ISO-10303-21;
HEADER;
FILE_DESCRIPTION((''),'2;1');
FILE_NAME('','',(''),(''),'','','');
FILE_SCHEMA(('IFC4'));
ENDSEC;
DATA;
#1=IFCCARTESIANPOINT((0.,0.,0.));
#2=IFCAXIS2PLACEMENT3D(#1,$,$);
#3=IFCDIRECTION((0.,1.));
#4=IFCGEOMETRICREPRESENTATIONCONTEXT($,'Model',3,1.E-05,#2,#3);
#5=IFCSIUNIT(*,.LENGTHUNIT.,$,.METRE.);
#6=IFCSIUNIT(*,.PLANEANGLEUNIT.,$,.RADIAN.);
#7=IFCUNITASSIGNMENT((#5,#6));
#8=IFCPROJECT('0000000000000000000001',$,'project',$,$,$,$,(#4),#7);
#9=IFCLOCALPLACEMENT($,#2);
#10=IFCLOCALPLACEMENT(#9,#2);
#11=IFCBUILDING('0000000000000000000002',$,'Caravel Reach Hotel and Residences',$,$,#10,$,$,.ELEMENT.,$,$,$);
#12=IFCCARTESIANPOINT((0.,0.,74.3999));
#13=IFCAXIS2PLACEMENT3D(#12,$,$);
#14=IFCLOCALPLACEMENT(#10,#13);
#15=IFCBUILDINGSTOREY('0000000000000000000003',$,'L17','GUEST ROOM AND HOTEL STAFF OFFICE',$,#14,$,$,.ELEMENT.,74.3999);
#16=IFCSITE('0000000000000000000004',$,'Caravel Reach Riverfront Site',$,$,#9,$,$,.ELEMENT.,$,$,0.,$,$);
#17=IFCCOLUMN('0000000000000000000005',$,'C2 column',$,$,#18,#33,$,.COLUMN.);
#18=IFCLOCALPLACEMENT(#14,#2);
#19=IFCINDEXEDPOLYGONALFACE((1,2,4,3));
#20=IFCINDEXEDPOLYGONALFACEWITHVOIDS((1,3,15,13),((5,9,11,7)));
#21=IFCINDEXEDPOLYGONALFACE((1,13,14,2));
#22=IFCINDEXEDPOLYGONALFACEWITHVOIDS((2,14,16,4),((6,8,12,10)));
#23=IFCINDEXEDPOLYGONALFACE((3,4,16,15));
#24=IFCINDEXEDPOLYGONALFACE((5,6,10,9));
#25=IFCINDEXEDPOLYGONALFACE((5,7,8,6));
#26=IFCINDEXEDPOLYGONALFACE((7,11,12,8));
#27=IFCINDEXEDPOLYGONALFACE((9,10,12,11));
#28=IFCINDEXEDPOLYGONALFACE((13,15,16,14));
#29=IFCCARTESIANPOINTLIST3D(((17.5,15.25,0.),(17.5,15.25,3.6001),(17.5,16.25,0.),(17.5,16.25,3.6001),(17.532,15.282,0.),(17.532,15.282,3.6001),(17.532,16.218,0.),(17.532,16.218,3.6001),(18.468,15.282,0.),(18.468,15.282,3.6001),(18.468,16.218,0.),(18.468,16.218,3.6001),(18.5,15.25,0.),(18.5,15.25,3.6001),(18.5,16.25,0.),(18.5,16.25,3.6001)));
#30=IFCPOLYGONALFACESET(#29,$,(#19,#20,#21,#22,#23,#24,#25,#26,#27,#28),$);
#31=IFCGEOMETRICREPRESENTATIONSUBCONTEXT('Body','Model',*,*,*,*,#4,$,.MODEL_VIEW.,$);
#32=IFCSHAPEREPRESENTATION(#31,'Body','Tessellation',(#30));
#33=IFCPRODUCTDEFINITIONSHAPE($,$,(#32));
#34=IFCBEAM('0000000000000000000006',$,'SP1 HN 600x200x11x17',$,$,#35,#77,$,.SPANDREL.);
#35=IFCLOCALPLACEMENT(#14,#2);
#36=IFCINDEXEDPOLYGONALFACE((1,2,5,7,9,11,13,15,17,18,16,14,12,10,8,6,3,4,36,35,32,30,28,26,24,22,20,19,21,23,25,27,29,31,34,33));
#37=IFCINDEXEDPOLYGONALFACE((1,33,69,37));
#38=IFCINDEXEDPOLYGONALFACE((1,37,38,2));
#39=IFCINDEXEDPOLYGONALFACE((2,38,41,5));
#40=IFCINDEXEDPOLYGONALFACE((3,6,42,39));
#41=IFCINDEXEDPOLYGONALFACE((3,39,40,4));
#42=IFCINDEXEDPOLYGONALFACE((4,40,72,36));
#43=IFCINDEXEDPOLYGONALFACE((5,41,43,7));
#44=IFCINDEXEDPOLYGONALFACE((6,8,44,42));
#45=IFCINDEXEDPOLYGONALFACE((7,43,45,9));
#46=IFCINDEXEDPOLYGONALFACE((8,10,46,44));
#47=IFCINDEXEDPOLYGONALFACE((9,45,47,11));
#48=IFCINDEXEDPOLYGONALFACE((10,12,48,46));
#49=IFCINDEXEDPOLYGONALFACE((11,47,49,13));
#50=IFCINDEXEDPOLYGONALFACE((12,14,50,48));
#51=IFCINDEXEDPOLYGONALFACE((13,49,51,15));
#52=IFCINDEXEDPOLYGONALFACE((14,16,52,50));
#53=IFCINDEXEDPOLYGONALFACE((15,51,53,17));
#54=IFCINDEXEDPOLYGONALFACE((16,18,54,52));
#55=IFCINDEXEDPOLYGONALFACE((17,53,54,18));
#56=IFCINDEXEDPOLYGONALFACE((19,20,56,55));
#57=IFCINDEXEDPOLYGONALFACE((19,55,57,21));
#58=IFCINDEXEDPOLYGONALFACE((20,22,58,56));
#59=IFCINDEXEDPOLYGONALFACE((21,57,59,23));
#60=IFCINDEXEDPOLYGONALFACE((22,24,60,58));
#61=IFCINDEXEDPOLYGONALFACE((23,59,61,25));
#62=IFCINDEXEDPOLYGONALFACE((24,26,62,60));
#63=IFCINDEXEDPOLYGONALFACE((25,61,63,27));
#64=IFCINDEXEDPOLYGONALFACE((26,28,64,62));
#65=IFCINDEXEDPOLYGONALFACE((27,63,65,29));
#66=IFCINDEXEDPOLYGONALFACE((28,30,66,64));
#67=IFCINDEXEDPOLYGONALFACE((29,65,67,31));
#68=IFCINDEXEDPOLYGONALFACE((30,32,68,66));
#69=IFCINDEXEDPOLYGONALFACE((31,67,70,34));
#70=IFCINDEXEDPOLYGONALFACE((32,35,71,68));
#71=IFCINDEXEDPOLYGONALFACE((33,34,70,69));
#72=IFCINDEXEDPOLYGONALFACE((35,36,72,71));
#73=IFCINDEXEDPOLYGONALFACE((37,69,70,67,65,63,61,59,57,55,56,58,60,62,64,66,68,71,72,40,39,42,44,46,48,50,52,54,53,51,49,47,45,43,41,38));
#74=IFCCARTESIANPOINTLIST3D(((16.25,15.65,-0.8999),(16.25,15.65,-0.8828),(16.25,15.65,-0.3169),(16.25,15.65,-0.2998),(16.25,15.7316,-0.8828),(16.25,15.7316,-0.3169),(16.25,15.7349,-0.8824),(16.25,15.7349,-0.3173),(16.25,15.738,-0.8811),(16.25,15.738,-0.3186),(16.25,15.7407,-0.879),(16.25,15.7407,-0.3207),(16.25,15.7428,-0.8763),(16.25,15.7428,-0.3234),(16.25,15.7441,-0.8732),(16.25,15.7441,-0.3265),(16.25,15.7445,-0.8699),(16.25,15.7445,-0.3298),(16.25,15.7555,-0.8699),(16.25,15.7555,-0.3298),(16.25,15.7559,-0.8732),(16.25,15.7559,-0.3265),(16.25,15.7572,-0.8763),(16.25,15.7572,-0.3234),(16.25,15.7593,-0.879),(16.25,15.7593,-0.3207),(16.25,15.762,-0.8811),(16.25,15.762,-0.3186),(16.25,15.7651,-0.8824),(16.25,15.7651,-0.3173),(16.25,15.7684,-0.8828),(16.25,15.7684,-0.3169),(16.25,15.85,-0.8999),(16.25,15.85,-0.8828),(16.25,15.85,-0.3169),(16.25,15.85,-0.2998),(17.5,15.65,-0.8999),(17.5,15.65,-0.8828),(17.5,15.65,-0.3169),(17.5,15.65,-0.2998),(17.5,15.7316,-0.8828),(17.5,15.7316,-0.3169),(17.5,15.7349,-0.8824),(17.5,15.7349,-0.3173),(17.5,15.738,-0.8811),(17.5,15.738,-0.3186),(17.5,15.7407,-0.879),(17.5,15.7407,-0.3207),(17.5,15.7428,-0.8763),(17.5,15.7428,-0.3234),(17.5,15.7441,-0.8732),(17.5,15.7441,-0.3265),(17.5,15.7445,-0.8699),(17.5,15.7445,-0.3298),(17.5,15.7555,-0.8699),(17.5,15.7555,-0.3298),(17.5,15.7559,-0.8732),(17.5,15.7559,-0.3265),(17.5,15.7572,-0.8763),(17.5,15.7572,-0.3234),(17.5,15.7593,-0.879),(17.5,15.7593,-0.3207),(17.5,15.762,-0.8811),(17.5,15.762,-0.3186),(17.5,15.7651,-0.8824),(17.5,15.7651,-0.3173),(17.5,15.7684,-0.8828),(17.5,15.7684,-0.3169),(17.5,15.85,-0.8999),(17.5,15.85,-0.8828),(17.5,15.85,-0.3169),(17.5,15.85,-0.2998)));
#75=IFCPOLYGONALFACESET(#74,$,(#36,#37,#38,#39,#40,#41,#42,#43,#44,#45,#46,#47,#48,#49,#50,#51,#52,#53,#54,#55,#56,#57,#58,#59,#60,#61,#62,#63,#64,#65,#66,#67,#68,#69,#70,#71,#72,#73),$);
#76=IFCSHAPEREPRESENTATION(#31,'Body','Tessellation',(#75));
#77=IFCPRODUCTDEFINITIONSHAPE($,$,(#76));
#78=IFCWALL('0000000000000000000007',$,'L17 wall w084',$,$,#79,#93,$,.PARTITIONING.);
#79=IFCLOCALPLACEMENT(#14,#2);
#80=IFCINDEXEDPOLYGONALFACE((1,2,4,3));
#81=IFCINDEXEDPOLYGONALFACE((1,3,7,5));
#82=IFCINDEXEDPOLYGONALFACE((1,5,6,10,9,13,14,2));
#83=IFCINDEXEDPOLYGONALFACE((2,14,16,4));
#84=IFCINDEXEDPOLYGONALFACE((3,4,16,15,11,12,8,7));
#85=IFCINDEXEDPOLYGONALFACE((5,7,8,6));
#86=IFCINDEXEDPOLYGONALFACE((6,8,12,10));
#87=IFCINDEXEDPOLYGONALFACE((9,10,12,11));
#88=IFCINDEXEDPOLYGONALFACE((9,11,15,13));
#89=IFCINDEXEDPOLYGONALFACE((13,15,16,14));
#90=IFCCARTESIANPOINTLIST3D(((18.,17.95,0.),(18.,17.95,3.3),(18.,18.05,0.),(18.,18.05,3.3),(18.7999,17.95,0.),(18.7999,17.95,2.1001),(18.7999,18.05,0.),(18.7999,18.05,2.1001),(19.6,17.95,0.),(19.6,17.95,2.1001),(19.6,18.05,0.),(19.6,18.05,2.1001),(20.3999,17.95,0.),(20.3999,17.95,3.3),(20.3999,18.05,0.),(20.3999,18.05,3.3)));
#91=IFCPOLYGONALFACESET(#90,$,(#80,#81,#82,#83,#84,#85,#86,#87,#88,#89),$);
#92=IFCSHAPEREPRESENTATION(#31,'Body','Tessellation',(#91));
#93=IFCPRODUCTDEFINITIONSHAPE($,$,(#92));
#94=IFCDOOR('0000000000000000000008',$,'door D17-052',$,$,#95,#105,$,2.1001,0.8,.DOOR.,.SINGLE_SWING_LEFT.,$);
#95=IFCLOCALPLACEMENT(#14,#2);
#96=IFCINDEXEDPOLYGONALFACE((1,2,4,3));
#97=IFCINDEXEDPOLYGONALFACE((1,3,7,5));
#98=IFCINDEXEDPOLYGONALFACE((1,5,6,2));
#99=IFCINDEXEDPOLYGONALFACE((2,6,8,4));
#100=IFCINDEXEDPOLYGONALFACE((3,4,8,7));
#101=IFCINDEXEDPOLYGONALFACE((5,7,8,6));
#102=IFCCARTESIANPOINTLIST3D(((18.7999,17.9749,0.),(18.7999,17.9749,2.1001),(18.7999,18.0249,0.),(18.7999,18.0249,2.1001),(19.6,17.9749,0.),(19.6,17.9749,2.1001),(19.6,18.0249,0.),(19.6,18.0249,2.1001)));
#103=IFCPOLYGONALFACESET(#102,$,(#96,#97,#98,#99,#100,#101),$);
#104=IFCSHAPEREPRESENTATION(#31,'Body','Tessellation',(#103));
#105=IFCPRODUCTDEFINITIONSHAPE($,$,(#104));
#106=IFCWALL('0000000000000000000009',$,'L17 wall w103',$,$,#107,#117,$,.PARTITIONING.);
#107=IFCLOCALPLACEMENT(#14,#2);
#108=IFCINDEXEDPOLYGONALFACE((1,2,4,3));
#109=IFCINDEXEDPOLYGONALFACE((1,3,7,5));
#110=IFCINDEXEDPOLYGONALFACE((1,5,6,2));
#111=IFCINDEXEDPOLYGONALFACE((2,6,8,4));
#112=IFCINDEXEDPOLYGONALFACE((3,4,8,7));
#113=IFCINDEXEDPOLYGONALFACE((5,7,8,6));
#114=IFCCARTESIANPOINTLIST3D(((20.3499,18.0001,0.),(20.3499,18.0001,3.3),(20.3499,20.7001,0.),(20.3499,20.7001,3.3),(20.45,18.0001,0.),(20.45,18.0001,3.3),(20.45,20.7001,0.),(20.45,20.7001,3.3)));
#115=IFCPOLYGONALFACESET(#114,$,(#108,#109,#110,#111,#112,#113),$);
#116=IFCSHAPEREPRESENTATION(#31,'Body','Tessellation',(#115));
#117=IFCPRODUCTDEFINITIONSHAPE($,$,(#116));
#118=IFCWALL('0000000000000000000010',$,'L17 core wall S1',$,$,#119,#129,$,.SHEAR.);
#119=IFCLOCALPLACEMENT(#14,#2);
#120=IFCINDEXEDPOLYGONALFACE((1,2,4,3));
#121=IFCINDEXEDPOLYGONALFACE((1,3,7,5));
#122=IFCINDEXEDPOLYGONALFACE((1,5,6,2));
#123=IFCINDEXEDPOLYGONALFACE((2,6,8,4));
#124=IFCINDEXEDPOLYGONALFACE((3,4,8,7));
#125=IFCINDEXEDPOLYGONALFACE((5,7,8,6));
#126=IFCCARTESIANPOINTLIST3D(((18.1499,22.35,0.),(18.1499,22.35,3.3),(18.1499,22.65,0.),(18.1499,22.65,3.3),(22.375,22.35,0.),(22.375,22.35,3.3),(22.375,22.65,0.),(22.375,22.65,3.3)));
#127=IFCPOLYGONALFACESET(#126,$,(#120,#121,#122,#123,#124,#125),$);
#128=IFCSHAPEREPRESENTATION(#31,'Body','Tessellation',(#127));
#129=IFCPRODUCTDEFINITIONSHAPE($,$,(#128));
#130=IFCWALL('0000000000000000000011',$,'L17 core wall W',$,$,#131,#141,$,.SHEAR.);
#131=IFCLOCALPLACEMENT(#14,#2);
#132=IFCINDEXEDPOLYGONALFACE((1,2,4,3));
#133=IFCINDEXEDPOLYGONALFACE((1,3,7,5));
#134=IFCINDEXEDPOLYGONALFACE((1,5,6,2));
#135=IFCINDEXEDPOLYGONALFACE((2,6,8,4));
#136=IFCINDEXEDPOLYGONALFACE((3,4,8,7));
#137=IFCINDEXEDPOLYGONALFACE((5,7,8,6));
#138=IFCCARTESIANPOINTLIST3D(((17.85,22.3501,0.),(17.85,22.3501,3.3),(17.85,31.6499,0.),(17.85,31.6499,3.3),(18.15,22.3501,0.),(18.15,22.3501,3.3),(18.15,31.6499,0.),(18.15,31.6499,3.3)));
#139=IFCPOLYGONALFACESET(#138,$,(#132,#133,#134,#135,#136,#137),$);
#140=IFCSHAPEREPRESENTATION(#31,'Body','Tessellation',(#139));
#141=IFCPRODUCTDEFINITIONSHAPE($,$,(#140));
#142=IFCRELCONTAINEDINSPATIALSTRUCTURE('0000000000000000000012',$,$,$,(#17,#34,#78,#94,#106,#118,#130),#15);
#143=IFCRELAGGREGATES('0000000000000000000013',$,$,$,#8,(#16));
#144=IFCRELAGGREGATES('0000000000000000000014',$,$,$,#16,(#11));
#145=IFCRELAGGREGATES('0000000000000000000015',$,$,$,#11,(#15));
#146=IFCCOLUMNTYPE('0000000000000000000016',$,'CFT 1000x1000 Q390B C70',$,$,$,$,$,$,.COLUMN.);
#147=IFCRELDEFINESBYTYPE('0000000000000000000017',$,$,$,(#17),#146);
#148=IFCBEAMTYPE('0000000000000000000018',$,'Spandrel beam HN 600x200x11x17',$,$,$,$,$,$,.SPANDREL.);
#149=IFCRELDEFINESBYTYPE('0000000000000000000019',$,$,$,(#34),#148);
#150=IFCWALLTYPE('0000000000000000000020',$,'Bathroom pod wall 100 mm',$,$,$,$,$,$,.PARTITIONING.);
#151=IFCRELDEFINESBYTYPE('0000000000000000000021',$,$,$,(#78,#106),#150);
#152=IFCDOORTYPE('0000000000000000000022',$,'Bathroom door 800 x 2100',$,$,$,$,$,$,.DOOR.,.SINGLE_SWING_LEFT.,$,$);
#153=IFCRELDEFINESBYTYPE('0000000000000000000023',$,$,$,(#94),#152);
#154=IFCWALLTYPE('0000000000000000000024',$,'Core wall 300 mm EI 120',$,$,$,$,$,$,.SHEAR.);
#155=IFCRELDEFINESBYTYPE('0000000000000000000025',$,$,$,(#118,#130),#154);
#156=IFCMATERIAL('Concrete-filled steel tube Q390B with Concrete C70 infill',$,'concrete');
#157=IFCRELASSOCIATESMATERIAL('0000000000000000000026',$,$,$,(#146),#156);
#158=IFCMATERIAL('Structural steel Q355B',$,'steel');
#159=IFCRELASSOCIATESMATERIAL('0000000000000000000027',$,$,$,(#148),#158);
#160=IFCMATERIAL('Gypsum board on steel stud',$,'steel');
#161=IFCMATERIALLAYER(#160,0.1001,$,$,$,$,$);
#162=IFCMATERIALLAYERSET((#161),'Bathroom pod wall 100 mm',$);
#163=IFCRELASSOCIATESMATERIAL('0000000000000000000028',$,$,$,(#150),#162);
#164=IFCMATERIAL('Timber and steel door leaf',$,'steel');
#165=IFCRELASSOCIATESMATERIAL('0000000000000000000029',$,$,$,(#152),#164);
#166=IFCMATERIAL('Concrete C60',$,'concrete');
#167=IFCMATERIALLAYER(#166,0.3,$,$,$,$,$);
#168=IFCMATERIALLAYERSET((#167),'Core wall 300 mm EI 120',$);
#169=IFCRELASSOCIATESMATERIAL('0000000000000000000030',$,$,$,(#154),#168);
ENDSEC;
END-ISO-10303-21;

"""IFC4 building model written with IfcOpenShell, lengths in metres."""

from ifc_helpers import new_model, si_unit, direction, frame, frame_2d, origin, origin_2d, place, context, subcontext, project, spatial, rectangle, hollow_rectangle, i_section, extrude, material, layer, layer_set, material_profile, profile_set, type_object, element, fill, save


model = new_model("IFC4")

# Units and contexts
model_context = context("Model", 3, precision=1e-05, world=origin(), true_north=direction((0.0, 1.0)))
body_context = subcontext(model_context, "Body", "Model", "MODEL_VIEW")
ifc_project = project(units=[si_unit("LENGTHUNIT", "METRE"), si_unit("PLANEANGLEUNIT", "RADIAN")], contexts=[model_context])

# Site, building, storey
site_placement = place(None, origin())
site = spatial("IfcSite", under=ifc_project, at=site_placement, Name="Caravel Reach Riverfront Site", CompositionType="ELEMENT", RefElevation=0.0)
building_placement = place(site_placement, origin())
building = spatial("IfcBuilding", under=site, at=building_placement, Name="Caravel Reach Hotel and Residences", CompositionType="ELEMENT")
storey_placement = place(building_placement, frame((0.0, 0.0, 74.3999)))
storey = spatial("IfcBuildingStorey", under=building, at=storey_placement, Name="L17", Description="GUEST ROOM AND HOTEL STAFF OFFICE", CompositionType="ELEMENT", Elevation=74.3999)

# Column
ifc_material_1 = material(Name="Concrete-filled steel tube Q390B with Concrete C70 infill", Category="concrete")
ifc_material_profile_1 = material_profile(ifc_material_1, hollow_rectangle(XDim=1.0, YDim=1.0, WallThickness=0.032, at=origin_2d()), Name="RHS 1000x1000x32")
ifc_profile_set_1 = profile_set([ifc_material_profile_1], Name="Concrete-filled steel tube Q390B with Concrete C70 infill")
column_type = type_object("IfcColumnType", Name="CFT 1000x1000 Q390B C70", PredefinedType="COLUMN", material=ifc_profile_set_1)
column_placement = place(storey_placement, frame((18.0, 15.75, 0.0), z_axis=(0.0, 0.0, 1.0), x_axis=(1.0, 0.0, 0.0)))
element("IfcColumn", 1, at=column_placement, inside=storey, type_object=column_type, Name="C2 column", PredefinedType="COLUMN", context=body_context, shape_type="SweptSolid", body=[
    extrude(hollow_rectangle(XDim=1.0, YDim=1.0, WallThickness=0.032, at=origin_2d()), origin(), (0.0, 0.0, 1.0), 3.6001),
])

# Beam
ifc_material_2 = material(Name="Structural steel Q355B", Category="steel")
ifc_material_profile_2 = material_profile(ifc_material_2, i_section(OverallWidth=0.2, OverallDepth=0.6001, WebThickness=0.011, FlangeThickness=0.0171, FilletRadius=0.0129, at=origin_2d()), Name="HN 600x200x11x17")
ifc_profile_set_2 = profile_set([ifc_material_profile_2], Name="Structural steel Q355B")
beam_type = type_object("IfcBeamType", Name="Spandrel beam HN 600x200x11x17", PredefinedType="SPANDREL", material=ifc_profile_set_2)
beam_placement = place(storey_placement, frame((16.25, 15.75, -0.5999), z_axis=(1.0, 0.0, 0.0), x_axis=(0.0, 1.0, 0.0)))
element("IfcBeam", 2, at=beam_placement, inside=storey, type_object=beam_type, Name="SP1 HN 600x200x11x17", PredefinedType="SPANDREL", context=body_context, shape_type="SweptSolid", body=[
    extrude(i_section(OverallWidth=0.2, OverallDepth=0.6001, WebThickness=0.011, FlangeThickness=0.0171, FilletRadius=0.0129, at=origin_2d()), origin(), (0.0, 0.0, 1.0), 1.25),
])

# Wall, opening, door
ifc_material_3 = material(Name="Gypsum board on steel stud", Category="steel")
ifc_layer_1 = layer(ifc_material_3, 0.1001)
ifc_layer_set_1 = layer_set([ifc_layer_1], Name="Bathroom pod wall 100 mm")
wall_type_1 = type_object("IfcWallType", Name="Bathroom pod wall 100 mm", PredefinedType="PARTITIONING", material=ifc_layer_set_1)
wall_1_placement = place(storey_placement, frame((18.0, 18.0, 0.0), z_axis=(0.0, 0.0, 1.0), x_axis=(1.0, 0.0, 0.0)))
wall_1 = element("IfcWall", 3, at=wall_1_placement, inside=storey, type_object=wall_type_1, Name="L17 wall w084", PredefinedType="PARTITIONING", context=body_context, shape_type="SweptSolid", body=[
    extrude(rectangle(XDim=2.3999, YDim=0.1001, at=frame_2d((1.2, 0.0))), origin(), (0.0, 0.0, 1.0), 3.3),
])
opening_1_placement = place(wall_1_placement, frame((0.8, 0.0, 0.0)))
opening_1 = element("IfcOpeningElement", 4, at=opening_1_placement, cuts=wall_1, PredefinedType="OPENING", context=body_context, shape_type="SweptSolid", body=[
    extrude(rectangle(XDim=0.8, YDim=2.1001, at=frame_2d((0.3999, 1.05))), frame((0.0, 0.0601, 0.0), z_axis=(0.0, -1.0, 0.0), x_axis=(1.0, 0.0, 0.0)), (0.0, 0.0, 1.0), 0.1201),
])
ifc_material_4 = material(Name="Timber and steel door leaf", Category="steel")
door_type_1 = type_object("IfcDoorType", Name="Bathroom door 800 x 2100", OperationType="SINGLE_SWING_LEFT", PredefinedType="DOOR", material=ifc_material_4)
door_1_placement = place(opening_1_placement, origin())
door_1 = element("IfcDoor", 5, at=door_1_placement, inside=storey, type_object=door_type_1, Name="door D17-052", OperationType="SINGLE_SWING_LEFT", OverallHeight=2.1001, OverallWidth=0.8, PredefinedType="DOOR", context=body_context, shape_type="SweptSolid", body=[
    extrude(rectangle(XDim=0.8, YDim=2.1001, at=frame_2d((0.3999, 1.05))), frame((0.0, 0.0249, 0.0), z_axis=(0.0, -1.0, 0.0), x_axis=(1.0, 0.0, 0.0)), (0.0, 0.0, 1.0), 0.05),
])
fill(opening_1, door_1)

# Walls
wall_2_placement = place(storey_placement, frame((20.3999, 18.0, 0.0), z_axis=(0.0, 0.0, 1.0), x_axis=(0.0, 1.0, 0.0)))
element("IfcWall", 6, at=wall_2_placement, inside=storey, type_object=wall_type_1, Name="L17 wall w103", PredefinedType="PARTITIONING", context=body_context, shape_type="SweptSolid", body=[
    extrude(rectangle(XDim=2.7, YDim=0.1001, at=frame_2d((1.3501, 0.0))), origin(), (0.0, 0.0, 1.0), 3.3),
])
ifc_material_5 = material(Name="Concrete C60", Category="concrete")
ifc_layer_2 = layer(ifc_material_5, 0.3)
ifc_layer_set_2 = layer_set([ifc_layer_2], Name="Core wall 300 mm EI 120")
wall_type_2 = type_object("IfcWallType", Name="Core wall 300 mm EI 120", PredefinedType="SHEAR", material=ifc_layer_set_2)
wall_3_placement = place(storey_placement, frame((18.1499, 22.5, 0.0), z_axis=(0.0, 0.0, 1.0), x_axis=(1.0, 0.0, 0.0)))
element("IfcWall", 7, at=wall_3_placement, inside=storey, type_object=wall_type_2, Name="L17 core wall S1", PredefinedType="SHEAR", context=body_context, shape_type="SweptSolid", body=[
    extrude(rectangle(XDim=4.2251, YDim=0.3, at=frame_2d((2.1125, 0.0))), origin(), (0.0, 0.0, 1.0), 3.3),
])
wall_4_placement = place(storey_placement, frame((18.0, 22.3501, 0.0), z_axis=(0.0, 0.0, 1.0), x_axis=(0.0, 1.0, 0.0)))
element("IfcWall", 8, at=wall_4_placement, inside=storey, type_object=wall_type_2, Name="L17 core wall W", PredefinedType="SHEAR", context=body_context, shape_type="SweptSolid", body=[
    extrude(rectangle(XDim=9.2998, YDim=0.3, at=frame_2d((4.6499, 0.0))), origin(), (0.0, 0.0, 1.0), 3.3),
])

save(model, "model.ifc")
